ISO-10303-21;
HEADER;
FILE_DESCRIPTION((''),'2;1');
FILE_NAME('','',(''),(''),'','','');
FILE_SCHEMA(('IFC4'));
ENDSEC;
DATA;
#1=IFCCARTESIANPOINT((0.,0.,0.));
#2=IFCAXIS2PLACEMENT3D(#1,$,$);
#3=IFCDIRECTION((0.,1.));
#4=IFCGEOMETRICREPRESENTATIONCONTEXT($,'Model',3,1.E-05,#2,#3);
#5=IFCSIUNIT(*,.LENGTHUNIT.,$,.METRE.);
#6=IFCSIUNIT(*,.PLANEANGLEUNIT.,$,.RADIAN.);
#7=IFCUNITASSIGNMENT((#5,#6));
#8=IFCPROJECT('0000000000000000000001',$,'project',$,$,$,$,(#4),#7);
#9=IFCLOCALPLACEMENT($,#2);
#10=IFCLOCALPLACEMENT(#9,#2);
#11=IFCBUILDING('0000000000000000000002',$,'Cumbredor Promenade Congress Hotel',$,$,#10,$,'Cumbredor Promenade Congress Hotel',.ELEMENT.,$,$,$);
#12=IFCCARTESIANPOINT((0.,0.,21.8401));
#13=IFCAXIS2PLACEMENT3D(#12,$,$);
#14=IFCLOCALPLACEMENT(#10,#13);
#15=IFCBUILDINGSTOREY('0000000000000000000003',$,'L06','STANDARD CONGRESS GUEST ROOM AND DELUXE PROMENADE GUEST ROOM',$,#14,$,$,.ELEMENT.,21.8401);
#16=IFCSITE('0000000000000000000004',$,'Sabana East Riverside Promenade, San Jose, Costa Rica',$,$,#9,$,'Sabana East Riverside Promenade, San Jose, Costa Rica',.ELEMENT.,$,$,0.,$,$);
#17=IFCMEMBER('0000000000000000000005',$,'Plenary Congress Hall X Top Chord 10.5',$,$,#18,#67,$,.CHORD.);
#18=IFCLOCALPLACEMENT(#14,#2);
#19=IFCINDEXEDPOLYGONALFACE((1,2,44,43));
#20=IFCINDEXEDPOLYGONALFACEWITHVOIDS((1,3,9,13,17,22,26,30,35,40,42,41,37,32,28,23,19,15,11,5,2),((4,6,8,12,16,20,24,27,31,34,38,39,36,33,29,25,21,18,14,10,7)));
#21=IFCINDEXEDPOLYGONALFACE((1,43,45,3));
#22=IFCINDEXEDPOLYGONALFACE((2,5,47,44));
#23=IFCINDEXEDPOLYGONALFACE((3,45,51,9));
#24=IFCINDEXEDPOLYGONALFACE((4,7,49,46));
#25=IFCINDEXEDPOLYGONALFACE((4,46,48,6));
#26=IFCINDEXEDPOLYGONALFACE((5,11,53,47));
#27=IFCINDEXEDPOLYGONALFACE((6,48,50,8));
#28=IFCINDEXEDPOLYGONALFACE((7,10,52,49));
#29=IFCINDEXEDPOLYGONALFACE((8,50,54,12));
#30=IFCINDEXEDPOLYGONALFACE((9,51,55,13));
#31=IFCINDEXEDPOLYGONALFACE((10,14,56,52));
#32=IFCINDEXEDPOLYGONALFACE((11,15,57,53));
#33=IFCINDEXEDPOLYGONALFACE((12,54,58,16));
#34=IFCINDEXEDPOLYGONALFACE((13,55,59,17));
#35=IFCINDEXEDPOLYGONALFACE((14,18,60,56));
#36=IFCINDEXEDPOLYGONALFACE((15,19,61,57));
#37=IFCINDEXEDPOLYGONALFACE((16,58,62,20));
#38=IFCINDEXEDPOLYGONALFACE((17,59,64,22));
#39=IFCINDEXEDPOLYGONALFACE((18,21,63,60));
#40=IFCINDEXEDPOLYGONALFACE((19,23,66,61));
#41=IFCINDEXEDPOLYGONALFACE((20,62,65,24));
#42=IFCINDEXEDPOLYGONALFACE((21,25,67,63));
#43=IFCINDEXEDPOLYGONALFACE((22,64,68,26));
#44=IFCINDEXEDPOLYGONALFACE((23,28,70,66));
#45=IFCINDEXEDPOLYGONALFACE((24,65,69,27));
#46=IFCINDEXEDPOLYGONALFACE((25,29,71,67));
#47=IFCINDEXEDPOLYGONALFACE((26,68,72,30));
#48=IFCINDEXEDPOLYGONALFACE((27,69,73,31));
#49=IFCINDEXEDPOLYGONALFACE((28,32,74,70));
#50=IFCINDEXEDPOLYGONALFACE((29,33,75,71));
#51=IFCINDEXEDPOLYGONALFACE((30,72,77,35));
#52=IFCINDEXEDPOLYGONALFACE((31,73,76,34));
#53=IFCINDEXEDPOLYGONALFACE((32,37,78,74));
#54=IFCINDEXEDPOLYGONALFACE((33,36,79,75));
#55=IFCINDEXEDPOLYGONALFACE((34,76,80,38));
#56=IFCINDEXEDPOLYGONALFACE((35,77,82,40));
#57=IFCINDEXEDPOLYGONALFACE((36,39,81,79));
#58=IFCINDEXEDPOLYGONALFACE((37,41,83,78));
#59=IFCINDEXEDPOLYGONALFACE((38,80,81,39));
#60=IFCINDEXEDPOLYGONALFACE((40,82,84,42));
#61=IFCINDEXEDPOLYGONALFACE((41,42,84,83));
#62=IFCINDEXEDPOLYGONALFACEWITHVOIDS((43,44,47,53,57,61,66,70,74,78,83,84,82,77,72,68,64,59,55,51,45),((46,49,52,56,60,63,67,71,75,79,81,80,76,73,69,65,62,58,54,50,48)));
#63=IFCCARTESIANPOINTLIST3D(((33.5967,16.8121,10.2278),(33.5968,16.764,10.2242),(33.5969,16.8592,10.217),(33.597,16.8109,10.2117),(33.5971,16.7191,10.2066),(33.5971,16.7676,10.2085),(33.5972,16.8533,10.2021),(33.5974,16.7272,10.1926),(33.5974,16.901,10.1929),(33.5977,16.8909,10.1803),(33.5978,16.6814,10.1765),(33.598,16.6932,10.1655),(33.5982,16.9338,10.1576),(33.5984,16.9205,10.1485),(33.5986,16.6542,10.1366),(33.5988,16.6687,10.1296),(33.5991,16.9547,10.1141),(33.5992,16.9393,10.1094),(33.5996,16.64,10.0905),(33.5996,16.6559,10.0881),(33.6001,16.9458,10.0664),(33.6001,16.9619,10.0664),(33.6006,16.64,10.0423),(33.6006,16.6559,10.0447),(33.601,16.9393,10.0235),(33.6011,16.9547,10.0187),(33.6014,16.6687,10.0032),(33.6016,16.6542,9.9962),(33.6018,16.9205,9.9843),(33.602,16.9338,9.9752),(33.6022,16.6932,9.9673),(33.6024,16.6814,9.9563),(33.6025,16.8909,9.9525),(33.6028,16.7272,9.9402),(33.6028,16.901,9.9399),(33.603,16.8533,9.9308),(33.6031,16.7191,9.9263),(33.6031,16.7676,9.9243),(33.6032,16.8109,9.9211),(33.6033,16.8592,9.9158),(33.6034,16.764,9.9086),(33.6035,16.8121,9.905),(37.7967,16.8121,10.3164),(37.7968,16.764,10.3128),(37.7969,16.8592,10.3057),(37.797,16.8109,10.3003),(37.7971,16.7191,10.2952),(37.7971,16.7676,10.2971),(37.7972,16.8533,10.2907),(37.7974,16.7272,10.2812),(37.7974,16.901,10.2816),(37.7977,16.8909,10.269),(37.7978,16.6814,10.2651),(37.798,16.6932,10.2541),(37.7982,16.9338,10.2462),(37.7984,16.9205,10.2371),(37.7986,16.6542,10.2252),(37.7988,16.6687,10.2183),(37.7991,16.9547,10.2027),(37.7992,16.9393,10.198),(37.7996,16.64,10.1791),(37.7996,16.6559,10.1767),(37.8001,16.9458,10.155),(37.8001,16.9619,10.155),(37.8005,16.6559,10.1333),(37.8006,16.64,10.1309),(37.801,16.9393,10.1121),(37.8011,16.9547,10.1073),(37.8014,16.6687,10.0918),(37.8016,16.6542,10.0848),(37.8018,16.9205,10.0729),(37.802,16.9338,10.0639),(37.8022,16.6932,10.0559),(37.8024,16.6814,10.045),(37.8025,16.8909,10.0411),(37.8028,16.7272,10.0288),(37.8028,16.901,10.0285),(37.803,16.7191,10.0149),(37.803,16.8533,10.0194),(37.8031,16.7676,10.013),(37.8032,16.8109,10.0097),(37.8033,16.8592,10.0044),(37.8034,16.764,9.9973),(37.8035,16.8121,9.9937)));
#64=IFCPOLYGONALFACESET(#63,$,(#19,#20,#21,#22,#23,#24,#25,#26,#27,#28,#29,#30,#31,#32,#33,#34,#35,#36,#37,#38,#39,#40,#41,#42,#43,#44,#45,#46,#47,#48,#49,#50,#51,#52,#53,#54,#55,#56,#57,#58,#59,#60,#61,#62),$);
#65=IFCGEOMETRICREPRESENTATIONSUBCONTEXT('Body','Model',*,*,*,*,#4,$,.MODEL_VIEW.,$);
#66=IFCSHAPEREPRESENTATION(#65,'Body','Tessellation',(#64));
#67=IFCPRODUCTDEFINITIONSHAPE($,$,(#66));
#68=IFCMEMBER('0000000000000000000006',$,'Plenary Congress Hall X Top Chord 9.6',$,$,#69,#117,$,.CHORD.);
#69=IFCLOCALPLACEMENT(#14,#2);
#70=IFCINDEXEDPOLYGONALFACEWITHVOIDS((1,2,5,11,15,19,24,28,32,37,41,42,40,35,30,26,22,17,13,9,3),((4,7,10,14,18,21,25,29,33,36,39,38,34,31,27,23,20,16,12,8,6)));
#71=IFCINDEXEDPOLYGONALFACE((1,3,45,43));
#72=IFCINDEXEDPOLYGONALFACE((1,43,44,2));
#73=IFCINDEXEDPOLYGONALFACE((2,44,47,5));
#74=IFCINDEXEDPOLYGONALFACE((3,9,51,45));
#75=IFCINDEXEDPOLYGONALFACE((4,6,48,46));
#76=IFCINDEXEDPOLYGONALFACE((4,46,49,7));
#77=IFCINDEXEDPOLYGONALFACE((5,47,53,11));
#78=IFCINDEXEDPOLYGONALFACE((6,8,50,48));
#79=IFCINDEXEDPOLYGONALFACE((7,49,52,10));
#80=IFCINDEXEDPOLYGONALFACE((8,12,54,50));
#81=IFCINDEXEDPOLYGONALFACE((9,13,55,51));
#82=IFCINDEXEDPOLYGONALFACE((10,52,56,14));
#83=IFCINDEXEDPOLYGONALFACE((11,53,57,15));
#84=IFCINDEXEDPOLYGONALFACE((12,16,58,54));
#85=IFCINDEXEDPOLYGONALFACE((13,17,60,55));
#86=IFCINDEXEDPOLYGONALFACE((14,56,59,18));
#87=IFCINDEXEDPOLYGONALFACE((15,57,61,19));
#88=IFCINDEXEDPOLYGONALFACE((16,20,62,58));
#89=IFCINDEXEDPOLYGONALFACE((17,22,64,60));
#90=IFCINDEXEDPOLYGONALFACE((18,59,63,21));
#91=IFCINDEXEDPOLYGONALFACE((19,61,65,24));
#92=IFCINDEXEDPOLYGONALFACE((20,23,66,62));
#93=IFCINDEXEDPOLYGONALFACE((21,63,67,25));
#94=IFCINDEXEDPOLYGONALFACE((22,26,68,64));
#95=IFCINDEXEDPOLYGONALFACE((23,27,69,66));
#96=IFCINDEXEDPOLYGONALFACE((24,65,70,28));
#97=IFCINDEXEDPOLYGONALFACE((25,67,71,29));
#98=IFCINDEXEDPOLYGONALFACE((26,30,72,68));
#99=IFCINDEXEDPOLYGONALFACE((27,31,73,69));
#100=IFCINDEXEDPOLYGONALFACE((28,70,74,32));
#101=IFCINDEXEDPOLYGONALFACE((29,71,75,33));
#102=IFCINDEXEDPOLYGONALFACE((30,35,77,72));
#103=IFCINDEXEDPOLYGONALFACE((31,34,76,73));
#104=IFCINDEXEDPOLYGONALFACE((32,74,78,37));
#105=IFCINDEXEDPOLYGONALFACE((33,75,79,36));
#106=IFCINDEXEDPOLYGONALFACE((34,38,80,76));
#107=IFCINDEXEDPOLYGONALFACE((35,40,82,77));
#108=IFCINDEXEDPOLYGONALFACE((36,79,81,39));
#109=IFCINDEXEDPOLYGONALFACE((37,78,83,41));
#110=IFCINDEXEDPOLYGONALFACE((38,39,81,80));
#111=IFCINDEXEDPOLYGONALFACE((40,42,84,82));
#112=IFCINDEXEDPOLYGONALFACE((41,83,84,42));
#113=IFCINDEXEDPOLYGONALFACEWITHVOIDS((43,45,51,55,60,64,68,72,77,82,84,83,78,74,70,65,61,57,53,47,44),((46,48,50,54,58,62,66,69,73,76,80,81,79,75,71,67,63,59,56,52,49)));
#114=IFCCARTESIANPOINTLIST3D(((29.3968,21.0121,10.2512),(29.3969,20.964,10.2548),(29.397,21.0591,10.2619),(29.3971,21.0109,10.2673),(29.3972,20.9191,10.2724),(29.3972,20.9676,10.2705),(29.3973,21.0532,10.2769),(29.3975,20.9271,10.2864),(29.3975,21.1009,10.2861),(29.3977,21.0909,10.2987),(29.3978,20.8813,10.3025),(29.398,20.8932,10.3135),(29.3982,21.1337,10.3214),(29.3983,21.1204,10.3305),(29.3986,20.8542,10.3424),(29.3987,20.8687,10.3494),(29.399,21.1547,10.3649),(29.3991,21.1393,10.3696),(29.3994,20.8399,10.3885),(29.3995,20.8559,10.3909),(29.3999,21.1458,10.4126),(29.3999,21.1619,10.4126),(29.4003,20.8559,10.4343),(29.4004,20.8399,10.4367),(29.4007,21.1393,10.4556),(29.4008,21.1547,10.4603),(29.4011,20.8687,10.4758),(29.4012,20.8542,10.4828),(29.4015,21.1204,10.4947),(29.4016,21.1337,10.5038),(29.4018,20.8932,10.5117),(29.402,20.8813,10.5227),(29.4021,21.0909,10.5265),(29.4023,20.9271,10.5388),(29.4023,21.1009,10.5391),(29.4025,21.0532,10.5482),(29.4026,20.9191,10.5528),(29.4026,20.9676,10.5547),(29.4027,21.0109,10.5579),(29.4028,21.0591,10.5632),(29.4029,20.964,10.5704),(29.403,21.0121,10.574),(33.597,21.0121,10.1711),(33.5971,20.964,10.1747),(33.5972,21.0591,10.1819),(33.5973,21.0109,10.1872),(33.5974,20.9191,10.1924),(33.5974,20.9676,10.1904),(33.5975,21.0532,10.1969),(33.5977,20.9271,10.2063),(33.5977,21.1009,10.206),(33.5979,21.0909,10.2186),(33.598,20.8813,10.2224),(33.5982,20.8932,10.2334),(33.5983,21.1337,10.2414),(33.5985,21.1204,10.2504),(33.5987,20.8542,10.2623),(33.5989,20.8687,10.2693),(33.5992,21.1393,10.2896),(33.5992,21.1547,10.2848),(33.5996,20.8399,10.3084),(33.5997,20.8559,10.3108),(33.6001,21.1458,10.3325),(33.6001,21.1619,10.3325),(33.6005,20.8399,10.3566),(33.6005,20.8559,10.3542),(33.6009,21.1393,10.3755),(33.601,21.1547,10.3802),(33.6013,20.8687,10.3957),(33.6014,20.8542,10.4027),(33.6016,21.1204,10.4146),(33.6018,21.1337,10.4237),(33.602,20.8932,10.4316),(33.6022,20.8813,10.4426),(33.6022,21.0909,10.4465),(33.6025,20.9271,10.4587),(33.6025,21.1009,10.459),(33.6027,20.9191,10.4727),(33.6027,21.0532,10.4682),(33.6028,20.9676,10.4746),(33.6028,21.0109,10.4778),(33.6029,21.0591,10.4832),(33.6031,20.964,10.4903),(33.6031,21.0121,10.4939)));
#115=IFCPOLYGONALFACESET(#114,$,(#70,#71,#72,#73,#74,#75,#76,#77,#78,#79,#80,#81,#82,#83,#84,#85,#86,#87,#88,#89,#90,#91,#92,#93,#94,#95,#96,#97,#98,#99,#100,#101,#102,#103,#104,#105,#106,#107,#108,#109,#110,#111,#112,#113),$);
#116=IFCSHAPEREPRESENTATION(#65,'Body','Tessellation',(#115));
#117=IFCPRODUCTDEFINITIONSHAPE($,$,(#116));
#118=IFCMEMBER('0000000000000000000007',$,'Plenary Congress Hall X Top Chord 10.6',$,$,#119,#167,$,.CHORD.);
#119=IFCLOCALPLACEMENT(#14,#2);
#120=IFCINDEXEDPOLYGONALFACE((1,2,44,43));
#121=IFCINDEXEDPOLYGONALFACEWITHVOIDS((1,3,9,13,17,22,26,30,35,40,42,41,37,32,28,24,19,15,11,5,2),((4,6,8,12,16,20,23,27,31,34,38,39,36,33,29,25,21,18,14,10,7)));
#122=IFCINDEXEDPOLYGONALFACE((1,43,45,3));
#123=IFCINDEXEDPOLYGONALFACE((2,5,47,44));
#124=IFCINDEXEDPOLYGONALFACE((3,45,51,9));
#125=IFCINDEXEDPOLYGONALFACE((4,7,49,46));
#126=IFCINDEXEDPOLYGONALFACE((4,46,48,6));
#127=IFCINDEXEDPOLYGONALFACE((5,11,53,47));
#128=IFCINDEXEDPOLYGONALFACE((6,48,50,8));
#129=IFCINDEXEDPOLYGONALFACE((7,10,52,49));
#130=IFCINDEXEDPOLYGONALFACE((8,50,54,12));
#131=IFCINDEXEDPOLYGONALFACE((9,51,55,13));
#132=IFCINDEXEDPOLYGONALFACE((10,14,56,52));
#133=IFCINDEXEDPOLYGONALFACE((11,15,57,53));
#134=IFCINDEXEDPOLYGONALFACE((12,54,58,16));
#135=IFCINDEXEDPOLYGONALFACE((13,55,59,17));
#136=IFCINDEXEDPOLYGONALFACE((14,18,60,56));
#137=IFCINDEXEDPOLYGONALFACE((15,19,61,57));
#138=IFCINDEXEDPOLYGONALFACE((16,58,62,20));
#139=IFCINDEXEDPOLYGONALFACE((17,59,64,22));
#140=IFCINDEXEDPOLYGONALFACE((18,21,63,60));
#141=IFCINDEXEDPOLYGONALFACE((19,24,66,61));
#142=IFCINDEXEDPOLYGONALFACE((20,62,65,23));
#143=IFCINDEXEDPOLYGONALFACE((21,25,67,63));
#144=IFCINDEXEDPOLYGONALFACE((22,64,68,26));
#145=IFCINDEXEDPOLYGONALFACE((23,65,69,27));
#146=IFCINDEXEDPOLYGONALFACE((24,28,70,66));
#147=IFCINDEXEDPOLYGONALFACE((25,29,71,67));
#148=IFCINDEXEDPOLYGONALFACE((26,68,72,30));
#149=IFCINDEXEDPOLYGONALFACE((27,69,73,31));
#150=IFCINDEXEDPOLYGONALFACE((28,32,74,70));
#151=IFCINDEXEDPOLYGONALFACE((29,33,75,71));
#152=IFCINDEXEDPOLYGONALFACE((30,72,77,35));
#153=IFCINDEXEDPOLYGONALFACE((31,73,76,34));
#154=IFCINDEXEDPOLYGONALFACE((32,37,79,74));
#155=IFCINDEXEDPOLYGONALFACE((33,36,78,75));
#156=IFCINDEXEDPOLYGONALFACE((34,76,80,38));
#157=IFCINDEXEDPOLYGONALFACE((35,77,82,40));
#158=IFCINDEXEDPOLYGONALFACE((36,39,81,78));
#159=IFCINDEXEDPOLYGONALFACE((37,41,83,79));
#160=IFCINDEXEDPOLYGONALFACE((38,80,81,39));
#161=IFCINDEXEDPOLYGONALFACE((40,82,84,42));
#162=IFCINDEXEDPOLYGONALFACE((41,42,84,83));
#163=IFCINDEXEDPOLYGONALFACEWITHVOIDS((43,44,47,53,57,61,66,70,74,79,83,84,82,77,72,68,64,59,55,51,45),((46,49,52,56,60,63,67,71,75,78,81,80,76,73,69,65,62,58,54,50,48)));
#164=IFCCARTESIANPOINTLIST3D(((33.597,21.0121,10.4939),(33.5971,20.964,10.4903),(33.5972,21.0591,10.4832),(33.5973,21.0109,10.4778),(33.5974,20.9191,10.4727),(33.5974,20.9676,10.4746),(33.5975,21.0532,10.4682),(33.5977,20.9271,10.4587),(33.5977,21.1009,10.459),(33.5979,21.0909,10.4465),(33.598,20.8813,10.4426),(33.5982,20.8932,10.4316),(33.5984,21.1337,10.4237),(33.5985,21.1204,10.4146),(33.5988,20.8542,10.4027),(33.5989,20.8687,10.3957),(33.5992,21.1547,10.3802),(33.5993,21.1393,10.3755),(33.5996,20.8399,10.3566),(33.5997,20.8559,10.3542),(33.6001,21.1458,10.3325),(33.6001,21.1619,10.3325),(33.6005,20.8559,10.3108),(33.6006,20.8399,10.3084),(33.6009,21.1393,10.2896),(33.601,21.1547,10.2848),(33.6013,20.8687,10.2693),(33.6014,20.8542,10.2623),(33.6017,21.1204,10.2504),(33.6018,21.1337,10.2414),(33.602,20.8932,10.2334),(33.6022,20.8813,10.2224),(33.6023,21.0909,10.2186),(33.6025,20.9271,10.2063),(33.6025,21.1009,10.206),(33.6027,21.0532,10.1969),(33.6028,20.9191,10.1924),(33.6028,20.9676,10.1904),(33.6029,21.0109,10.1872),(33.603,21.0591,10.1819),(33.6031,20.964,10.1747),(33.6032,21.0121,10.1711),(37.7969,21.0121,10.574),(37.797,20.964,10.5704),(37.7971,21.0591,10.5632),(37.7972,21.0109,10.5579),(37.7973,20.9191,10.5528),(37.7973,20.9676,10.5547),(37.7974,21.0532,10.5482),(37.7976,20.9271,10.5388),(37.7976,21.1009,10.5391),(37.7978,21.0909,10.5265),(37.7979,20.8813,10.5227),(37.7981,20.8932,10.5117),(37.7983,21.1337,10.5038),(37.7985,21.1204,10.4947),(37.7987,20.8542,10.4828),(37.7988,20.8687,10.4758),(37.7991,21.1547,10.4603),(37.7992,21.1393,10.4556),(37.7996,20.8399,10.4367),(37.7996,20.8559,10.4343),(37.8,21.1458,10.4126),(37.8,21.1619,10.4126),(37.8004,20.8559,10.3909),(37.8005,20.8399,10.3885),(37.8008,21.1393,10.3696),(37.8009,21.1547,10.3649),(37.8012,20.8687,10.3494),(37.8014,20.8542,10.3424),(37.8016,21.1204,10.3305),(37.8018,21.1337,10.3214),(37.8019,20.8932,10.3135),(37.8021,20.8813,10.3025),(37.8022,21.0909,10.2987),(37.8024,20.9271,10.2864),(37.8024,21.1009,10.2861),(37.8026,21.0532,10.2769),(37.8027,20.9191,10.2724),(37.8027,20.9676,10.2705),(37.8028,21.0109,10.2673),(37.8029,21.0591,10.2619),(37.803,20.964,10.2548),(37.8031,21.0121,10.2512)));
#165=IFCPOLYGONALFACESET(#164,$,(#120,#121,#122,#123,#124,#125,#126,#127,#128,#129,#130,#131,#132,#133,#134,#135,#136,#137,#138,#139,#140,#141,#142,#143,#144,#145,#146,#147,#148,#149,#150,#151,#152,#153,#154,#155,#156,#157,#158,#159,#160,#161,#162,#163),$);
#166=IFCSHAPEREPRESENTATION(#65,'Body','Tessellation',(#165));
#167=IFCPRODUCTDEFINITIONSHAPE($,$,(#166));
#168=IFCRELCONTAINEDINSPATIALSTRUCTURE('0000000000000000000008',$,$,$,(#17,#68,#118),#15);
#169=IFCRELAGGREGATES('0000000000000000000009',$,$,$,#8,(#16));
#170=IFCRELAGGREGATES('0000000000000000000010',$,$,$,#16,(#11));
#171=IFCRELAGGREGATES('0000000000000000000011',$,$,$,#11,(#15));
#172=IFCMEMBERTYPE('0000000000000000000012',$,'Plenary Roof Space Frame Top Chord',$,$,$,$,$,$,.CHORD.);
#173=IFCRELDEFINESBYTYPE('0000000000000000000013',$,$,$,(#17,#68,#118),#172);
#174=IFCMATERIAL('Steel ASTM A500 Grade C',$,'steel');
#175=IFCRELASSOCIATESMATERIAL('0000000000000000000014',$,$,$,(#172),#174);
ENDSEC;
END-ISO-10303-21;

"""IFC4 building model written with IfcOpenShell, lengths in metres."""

from ifc_helpers import new_model, si_unit, direction, frame, origin, origin_2d, place, context, subcontext, project, spatial, hollow_circle, extrude, material, material_profile, profile_set, type_object, element, save


model = new_model("IFC4")

# Units and contexts
model_context = context("Model", 3, precision=1e-05, world=origin(), true_north=direction((0.0, 1.0)))
body_context = subcontext(model_context, "Body", "Model", "MODEL_VIEW")
ifc_project = project(units=[si_unit("LENGTHUNIT", "METRE"), si_unit("PLANEANGLEUNIT", "RADIAN")], contexts=[model_context])

# Site, building, storey
site_placement = place(None, origin())
site = spatial("IfcSite", under=ifc_project, at=site_placement, Name="Sabana East Riverside Promenade, San Jose, Costa Rica", LongName="Sabana East Riverside Promenade, San Jose, Costa Rica", CompositionType="ELEMENT", RefElevation=0.0)
building_placement = place(site_placement, origin())
building = spatial("IfcBuilding", under=site, at=building_placement, Name="Cumbredor Promenade Congress Hotel", LongName="Cumbredor Promenade Congress Hotel", CompositionType="ELEMENT")
storey_placement = place(building_placement, frame((0.0, 0.0, 21.8401)))
storey = spatial("IfcBuildingStorey", under=building, at=storey_placement, Name="L06", Description="STANDARD CONGRESS GUEST ROOM AND DELUXE PROMENADE GUEST ROOM", CompositionType="ELEMENT", Elevation=21.8401)

# Members
ifc_material_1 = material(Name="Steel ASTM A500 Grade C", Category="steel")
ifc_material_profile_1 = material_profile(ifc_material_1, hollow_circle(Radius=0.1619, WallThickness=0.0161, at=origin_2d()), Name="CHS 323.9x16")
ifc_profile_set_1 = profile_set([ifc_material_profile_1], Name="Steel ASTM A500 Grade C")
member_type_1 = type_object("IfcMemberType", Name="Plenary Roof Space Frame Top Chord", PredefinedType="CHORD", material=ifc_profile_set_1)
for number, where, z_axis, x_axis, name in (
    (1, (33.6001, 16.8, 10.0664), (0.999777, 0.0, 0.021096), (0.0, 1.0, 0.0), "Plenary Congress Hall X Top Chord 10.5"),
    (2, (29.3999, 21.0, 10.4126), (0.999818, 0.0, -0.019062), (0.0, 1.0, 0.0), "Plenary Congress Hall X Top Chord 9.6"),
):
    element("IfcMember", number, at=place(storey_placement, frame(where, z_axis=z_axis, x_axis=x_axis)), inside=storey, type_object=member_type_1, Name=name, PredefinedType="CHORD", context=body_context, shape_type="SweptSolid", body=[
        extrude(hollow_circle(Radius=0.1619, WallThickness=0.0161, at=origin_2d()), origin(), (0.0, 0.0, 1.0), 4.2009),
    ])
member_1_placement = place(storey_placement, frame((33.6001, 21.0, 10.3325), z_axis=(0.999818, 0.0, 0.019063), x_axis=(0.0, 1.0, 0.0)))
element("IfcMember", 3, at=member_1_placement, inside=storey, type_object=member_type_1, Name="Plenary Congress Hall X Top Chord 10.6", PredefinedType="CHORD", context=body_context, shape_type="SweptSolid", body=[
    extrude(hollow_circle(Radius=0.1619, WallThickness=0.0161, at=origin_2d()), origin(), (0.0, 0.0, 1.0), 4.2007),
])

save(model, "model.ifc")
